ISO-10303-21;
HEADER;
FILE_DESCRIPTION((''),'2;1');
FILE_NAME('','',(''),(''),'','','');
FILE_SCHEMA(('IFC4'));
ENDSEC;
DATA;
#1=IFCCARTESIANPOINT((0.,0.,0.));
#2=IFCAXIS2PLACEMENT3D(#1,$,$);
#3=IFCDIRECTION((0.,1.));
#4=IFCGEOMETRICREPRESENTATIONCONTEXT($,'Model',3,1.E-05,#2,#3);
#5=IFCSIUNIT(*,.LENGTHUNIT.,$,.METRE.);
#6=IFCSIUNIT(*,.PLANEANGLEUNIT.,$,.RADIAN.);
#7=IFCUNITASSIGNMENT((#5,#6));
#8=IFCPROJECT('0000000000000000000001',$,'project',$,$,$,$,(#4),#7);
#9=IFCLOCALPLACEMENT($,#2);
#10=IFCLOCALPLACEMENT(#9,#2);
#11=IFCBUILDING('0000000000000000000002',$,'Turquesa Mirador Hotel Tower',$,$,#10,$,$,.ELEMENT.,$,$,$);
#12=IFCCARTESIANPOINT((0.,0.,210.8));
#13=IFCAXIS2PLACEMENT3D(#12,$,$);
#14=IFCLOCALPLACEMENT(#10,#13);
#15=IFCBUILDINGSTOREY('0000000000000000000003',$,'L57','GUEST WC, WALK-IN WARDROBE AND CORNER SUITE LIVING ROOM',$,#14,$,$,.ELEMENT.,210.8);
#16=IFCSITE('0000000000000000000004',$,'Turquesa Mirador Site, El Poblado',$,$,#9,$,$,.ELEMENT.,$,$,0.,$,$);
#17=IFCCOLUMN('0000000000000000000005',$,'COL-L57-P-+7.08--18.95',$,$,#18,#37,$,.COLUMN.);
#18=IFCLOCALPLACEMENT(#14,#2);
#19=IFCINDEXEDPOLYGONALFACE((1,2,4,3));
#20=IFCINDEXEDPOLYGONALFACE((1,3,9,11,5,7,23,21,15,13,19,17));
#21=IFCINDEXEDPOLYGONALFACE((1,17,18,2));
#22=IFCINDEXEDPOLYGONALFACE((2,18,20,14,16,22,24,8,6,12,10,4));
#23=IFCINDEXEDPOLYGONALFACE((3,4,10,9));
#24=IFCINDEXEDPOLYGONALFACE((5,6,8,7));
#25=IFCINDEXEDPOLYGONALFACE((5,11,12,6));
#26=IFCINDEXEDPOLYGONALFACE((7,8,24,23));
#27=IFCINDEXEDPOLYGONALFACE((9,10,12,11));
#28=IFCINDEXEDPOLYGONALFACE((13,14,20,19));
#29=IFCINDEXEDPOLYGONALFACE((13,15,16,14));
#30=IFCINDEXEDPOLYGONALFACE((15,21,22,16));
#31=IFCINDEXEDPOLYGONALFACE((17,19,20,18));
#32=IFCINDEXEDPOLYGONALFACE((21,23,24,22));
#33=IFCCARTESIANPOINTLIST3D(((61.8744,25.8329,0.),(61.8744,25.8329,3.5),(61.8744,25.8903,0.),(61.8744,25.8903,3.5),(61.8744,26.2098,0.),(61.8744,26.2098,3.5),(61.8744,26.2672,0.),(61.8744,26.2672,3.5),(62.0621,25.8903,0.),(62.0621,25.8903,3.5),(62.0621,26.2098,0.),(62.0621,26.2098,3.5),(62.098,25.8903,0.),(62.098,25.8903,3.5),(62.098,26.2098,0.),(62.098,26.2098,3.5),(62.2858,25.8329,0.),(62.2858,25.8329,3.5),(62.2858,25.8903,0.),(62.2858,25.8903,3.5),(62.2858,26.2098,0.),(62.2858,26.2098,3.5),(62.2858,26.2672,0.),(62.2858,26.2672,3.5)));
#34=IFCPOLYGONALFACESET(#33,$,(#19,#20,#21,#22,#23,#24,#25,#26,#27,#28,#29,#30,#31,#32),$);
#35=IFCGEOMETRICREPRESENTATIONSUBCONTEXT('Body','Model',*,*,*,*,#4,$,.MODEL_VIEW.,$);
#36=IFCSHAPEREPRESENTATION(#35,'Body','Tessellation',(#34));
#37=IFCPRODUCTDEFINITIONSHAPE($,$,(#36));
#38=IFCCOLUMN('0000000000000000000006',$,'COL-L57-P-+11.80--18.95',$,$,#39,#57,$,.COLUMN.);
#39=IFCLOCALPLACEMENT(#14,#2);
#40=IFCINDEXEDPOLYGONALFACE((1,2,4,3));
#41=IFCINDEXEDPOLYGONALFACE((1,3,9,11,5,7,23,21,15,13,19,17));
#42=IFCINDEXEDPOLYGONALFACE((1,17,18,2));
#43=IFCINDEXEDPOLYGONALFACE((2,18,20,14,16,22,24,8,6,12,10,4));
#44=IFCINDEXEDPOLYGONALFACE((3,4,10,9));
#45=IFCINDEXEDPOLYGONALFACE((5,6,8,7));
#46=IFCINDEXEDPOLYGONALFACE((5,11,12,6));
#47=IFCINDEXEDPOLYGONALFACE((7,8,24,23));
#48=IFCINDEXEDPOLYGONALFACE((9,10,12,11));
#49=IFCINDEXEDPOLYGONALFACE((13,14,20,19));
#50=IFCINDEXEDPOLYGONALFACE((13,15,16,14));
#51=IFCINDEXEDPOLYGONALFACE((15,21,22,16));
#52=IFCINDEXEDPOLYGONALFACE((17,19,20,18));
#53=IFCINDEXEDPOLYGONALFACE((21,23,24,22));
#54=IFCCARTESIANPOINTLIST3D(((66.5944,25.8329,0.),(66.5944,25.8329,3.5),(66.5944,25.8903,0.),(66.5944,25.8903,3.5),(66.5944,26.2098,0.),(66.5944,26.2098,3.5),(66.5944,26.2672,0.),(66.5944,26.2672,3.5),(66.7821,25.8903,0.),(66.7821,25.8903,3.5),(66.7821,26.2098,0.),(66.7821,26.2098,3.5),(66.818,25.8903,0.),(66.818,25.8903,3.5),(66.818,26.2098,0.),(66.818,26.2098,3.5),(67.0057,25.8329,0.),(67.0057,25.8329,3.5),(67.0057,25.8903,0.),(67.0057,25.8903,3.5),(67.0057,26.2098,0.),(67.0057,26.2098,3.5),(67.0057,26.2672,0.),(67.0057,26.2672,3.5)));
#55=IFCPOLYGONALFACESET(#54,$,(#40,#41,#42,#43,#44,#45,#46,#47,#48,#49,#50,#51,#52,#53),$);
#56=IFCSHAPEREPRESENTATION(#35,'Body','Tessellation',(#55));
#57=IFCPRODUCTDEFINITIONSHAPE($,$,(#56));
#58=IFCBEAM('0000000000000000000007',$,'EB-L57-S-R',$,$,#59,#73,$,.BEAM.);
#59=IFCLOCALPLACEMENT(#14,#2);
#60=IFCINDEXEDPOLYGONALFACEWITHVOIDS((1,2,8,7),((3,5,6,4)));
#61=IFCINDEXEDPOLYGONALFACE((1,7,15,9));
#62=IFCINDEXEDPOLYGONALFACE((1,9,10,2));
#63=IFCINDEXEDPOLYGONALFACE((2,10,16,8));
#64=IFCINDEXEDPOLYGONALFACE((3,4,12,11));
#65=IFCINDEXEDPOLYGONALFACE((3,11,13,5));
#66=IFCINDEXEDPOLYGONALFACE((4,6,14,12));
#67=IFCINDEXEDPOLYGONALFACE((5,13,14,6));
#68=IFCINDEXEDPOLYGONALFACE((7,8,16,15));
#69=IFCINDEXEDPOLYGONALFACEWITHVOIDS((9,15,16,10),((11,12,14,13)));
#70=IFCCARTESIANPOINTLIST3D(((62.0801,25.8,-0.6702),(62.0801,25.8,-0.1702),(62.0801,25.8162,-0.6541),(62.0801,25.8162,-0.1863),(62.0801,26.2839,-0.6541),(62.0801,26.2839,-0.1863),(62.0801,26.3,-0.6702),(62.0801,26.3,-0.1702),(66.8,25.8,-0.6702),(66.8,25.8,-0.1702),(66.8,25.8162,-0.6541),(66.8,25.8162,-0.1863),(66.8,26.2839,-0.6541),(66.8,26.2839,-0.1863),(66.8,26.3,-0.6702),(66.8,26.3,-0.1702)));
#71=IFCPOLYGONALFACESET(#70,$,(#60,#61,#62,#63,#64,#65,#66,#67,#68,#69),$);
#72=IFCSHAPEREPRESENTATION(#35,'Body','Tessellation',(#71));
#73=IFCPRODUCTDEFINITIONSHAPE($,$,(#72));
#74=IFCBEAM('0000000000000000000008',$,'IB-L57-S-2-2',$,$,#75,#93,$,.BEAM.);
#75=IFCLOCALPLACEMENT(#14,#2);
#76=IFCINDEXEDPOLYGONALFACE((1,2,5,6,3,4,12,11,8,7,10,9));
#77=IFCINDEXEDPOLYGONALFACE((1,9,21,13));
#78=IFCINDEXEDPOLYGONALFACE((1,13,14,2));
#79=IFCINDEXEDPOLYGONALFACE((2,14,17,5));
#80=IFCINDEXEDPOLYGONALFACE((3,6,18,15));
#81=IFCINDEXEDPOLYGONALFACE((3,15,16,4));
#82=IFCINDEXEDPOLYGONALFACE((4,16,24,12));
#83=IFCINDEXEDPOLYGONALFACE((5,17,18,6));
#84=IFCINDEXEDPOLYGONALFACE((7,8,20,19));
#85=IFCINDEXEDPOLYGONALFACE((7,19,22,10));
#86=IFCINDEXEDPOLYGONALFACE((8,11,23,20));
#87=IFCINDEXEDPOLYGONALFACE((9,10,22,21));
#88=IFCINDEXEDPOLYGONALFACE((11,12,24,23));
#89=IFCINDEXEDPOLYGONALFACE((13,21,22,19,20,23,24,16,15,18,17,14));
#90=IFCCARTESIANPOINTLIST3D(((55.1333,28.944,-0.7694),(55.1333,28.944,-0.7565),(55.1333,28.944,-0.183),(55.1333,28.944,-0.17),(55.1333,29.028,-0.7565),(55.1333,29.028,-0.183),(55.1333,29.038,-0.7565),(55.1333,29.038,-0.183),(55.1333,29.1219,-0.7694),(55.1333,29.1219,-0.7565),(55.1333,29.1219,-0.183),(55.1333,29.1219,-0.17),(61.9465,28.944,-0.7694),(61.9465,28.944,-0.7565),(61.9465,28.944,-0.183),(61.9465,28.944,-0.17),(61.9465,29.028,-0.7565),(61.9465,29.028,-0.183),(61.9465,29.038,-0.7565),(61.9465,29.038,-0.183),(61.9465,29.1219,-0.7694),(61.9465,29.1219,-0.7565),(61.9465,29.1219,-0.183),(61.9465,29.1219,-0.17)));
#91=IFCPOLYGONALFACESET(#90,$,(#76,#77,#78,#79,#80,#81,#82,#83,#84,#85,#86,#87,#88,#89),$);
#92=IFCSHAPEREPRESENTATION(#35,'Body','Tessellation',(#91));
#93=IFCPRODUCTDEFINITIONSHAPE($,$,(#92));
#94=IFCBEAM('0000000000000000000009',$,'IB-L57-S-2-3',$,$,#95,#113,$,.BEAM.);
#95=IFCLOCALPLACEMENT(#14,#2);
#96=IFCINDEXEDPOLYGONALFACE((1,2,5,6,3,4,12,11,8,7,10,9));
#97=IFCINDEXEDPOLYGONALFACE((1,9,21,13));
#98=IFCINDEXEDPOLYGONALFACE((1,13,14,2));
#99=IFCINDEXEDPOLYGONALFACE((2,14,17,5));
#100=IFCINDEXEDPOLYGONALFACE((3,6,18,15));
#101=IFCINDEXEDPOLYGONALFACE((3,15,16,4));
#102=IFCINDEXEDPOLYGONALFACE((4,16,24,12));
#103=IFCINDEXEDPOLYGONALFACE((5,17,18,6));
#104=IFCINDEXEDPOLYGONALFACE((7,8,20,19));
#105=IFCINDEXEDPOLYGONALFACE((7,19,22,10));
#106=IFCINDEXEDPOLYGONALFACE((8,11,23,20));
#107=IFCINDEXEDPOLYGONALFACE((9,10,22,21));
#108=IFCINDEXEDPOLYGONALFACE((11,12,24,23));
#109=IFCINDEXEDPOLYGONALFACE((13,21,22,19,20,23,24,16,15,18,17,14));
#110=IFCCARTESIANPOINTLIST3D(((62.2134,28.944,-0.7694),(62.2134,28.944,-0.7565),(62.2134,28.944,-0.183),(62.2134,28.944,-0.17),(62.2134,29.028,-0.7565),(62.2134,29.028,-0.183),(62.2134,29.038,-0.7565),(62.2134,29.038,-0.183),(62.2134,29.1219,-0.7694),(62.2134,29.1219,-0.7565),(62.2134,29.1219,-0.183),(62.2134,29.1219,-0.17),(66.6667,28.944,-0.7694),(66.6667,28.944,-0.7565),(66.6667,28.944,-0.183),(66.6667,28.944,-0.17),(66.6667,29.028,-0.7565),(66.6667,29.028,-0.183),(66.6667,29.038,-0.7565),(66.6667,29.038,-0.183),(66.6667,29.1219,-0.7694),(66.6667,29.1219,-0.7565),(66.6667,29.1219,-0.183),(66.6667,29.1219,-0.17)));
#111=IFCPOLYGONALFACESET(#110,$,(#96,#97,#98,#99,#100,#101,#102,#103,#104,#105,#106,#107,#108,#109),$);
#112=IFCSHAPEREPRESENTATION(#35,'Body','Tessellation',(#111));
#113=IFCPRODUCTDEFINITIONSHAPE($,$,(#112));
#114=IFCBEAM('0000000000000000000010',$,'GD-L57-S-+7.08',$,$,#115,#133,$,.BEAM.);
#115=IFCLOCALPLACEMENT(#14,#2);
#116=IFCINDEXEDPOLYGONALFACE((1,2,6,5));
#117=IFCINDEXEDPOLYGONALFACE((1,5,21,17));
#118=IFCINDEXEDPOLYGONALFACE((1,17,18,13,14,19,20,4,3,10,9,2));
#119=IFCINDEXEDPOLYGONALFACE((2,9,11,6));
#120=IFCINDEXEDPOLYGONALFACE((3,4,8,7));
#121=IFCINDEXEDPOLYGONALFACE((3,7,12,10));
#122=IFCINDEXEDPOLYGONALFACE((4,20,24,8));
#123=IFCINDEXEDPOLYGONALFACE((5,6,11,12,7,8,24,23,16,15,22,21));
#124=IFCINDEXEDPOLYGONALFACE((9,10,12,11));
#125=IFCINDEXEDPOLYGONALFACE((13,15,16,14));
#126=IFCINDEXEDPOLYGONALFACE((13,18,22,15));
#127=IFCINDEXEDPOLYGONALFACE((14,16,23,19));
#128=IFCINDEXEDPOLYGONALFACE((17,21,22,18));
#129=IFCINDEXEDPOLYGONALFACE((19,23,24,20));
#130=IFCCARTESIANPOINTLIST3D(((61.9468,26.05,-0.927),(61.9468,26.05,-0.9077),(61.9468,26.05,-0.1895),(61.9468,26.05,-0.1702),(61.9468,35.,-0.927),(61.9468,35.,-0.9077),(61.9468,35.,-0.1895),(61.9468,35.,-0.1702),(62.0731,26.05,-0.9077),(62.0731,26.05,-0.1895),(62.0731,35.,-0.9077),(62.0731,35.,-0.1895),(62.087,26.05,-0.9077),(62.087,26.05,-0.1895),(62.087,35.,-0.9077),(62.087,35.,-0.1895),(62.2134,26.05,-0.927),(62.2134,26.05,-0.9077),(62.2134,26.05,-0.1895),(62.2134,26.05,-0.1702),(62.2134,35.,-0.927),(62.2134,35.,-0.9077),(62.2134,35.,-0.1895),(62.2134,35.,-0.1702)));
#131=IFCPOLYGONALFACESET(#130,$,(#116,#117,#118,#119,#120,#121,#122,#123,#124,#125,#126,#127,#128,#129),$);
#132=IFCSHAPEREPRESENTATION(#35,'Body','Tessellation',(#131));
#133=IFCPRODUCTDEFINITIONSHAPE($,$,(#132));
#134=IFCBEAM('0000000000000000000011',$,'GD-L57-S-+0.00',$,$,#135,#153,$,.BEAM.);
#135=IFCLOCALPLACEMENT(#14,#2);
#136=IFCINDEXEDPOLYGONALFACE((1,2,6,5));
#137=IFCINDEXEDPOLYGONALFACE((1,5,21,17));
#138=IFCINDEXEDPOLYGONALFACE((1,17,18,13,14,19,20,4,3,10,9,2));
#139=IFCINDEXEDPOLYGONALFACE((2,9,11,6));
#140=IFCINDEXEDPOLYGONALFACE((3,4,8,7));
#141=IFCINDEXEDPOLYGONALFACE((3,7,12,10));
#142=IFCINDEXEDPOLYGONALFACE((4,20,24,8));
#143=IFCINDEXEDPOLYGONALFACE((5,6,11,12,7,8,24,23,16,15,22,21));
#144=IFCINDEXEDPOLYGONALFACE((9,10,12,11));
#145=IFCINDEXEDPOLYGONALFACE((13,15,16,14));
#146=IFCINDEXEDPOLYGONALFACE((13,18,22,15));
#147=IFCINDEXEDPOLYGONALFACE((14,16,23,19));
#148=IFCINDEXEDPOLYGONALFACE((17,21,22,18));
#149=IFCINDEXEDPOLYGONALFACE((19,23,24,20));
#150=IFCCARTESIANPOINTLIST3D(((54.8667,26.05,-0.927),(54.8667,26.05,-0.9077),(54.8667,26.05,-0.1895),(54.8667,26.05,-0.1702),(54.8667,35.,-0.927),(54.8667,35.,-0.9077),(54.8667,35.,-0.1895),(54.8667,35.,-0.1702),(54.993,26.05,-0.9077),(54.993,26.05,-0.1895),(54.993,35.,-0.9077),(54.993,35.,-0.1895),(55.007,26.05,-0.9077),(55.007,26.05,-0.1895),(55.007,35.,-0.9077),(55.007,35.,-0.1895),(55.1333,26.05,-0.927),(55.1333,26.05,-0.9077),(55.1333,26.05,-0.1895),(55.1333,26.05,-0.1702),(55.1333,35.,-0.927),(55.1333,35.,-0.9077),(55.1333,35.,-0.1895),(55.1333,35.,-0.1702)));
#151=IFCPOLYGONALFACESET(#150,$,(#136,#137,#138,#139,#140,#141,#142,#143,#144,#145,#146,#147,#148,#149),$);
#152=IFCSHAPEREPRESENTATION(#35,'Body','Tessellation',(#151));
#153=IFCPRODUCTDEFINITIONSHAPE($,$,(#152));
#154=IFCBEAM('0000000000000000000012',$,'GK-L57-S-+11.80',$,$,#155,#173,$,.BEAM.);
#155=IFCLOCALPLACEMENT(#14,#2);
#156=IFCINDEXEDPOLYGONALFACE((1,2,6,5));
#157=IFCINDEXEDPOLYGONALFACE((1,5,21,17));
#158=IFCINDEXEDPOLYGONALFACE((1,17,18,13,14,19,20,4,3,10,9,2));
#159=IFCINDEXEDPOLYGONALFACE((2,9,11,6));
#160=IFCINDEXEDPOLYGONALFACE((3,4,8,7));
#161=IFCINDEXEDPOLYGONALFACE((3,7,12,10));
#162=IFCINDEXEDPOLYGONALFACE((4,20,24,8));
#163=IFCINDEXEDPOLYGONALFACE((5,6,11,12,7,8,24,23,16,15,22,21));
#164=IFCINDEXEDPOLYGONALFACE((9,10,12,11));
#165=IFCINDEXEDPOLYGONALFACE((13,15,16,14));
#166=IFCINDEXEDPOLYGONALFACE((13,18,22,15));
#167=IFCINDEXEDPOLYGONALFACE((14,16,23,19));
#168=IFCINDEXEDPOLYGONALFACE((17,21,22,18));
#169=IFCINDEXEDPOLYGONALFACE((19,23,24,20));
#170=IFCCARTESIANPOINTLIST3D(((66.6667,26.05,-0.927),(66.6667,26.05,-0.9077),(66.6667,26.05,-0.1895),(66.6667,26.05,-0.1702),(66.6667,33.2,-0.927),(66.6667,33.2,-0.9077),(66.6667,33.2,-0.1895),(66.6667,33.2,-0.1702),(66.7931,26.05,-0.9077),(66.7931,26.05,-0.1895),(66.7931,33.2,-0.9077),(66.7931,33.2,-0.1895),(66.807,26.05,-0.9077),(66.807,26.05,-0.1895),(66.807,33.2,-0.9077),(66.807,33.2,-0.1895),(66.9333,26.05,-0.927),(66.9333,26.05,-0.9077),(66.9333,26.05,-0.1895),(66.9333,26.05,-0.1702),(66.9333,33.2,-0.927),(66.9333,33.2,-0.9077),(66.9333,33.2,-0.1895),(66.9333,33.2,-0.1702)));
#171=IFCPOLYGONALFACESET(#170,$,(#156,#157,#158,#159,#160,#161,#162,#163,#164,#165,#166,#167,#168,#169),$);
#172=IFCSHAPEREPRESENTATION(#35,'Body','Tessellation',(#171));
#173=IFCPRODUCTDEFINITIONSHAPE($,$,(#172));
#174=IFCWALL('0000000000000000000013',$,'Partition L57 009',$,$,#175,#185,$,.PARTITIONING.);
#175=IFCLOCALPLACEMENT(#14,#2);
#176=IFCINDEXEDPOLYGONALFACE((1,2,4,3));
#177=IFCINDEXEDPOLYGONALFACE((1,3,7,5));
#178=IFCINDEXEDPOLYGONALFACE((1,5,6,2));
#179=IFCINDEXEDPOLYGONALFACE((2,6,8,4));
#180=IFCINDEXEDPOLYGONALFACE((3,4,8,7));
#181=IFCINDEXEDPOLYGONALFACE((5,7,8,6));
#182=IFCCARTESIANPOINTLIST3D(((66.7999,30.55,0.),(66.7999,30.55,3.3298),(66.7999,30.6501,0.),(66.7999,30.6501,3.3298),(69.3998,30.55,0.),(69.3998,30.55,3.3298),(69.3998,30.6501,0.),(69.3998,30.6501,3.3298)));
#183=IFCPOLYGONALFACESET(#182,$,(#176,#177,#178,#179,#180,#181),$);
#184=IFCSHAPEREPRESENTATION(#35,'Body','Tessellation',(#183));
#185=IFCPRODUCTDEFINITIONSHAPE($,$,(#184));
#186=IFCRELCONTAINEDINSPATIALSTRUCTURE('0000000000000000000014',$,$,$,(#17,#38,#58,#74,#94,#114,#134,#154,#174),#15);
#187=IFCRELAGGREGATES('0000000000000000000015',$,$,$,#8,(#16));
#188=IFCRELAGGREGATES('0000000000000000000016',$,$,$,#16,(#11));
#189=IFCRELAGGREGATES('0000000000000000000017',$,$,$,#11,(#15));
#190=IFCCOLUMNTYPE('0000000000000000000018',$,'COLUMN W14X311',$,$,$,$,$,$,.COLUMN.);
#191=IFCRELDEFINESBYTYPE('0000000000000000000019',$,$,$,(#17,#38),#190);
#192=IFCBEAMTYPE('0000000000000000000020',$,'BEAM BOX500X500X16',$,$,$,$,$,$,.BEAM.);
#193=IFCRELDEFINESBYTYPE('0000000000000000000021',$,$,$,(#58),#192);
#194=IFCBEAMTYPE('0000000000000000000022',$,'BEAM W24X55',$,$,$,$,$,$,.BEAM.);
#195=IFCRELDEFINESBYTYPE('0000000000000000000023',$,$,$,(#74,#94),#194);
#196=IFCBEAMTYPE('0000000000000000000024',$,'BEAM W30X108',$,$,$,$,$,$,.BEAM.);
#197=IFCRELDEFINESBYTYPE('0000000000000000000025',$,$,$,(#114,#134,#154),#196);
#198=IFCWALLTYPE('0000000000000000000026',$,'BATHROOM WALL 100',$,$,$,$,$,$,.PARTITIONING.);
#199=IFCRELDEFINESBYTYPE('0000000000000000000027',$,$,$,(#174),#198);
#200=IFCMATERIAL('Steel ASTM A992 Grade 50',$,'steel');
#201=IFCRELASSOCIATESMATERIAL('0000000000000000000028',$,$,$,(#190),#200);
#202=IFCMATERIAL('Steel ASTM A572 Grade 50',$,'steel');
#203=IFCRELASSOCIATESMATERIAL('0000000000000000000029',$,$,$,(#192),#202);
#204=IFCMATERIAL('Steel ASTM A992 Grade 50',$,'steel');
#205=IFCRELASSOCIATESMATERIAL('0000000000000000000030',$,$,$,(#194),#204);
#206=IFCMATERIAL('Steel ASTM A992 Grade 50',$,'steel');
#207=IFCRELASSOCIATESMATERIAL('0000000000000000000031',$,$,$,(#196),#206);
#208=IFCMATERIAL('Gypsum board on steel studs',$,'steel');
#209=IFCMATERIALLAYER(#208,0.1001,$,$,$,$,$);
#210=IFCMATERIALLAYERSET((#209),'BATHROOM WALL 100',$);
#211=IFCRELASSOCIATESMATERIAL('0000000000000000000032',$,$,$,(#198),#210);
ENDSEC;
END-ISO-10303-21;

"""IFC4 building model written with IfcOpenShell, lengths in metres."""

from ifc_helpers import new_model, si_unit, direction, frame, frame_2d, origin, origin_2d, place, context, subcontext, project, spatial, rectangle, hollow_rectangle, i_section, extrude, material, layer, layer_set, material_profile, profile_set, type_object, element, save


model = new_model("IFC4")

# Units and contexts
model_context = context("Model", 3, precision=1e-05, world=origin(), true_north=direction((0.0, 1.0)))
body_context = subcontext(model_context, "Body", "Model", "MODEL_VIEW")
ifc_project = project(units=[si_unit("LENGTHUNIT", "METRE"), si_unit("PLANEANGLEUNIT", "RADIAN")], contexts=[model_context])

# Site, building, storey
site_placement = place(None, origin())
site = spatial("IfcSite", under=ifc_project, at=site_placement, Name="Turquesa Mirador Site, El Poblado", CompositionType="ELEMENT", RefElevation=0.0)
building_placement = place(site_placement, origin())
building = spatial("IfcBuilding", under=site, at=building_placement, Name="Turquesa Mirador Hotel Tower", CompositionType="ELEMENT")
storey_placement = place(building_placement, frame((0.0, 0.0, 210.8)))
storey = spatial("IfcBuildingStorey", under=building, at=storey_placement, Name="L57", Description="GUEST WC, WALK-IN WARDROBE AND CORNER SUITE LIVING ROOM", CompositionType="ELEMENT", Elevation=210.8)

# Columns
ifc_material_1 = material(Name="Steel ASTM A992 Grade 50", Category="steel")
ifc_material_profile_1 = material_profile(ifc_material_1, i_section(OverallWidth=0.4114, OverallDepth=0.4343, WebThickness=0.0359, FlangeThickness=0.0574, at=origin_2d()), Name="W14X311")
ifc_profile_set_1 = profile_set([ifc_material_profile_1], Name="Steel ASTM A992 Grade 50")
column_type = type_object("IfcColumnType", Name="COLUMN W14X311", PredefinedType="COLUMN", material=ifc_profile_set_1)
for number, where, z_axis, x_axis, name in (
    (1, (62.0801, 26.05, 0.0), (0.0, 0.0, 1.0), (1.0, 0.0, 0.0), "COL-L57-P-+7.08--18.95"),
    (2, (66.8, 26.05, 0.0), (0.0, 0.0, 1.0), (1.0, 0.0, 0.0), "COL-L57-P-+11.80--18.95"),
):
    element("IfcColumn", number, at=place(storey_placement, frame(where, z_axis=z_axis, x_axis=x_axis)), inside=storey, type_object=column_type, Name=name, PredefinedType="COLUMN", context=body_context, shape_type="SweptSolid", body=[
        extrude(i_section(OverallWidth=0.4114, OverallDepth=0.4343, WebThickness=0.0359, FlangeThickness=0.0574, at=origin_2d()), origin(), (0.0, 0.0, 1.0), 3.5),
    ])

# Beams
ifc_material_2 = material(Name="Steel ASTM A572 Grade 50", Category="steel")
ifc_material_profile_2 = material_profile(ifc_material_2, hollow_rectangle(XDim=0.5, YDim=0.5, WallThickness=0.0161, at=origin_2d()), Name="BOX500X500X16")
ifc_profile_set_2 = profile_set([ifc_material_profile_2], Name="Steel ASTM A572 Grade 50")
beam_type_1 = type_object("IfcBeamType", Name="BEAM BOX500X500X16", PredefinedType="BEAM", material=ifc_profile_set_2)
beam_1_placement = place(storey_placement, frame((62.0801, 26.05, -0.4202), z_axis=(1.0, 0.0, 0.0), x_axis=(0.0, 1.0, 0.0)))
element("IfcBeam", 3, at=beam_1_placement, inside=storey, type_object=beam_type_1, Name="EB-L57-S-R", PredefinedType="BEAM", context=body_context, shape_type="SweptSolid", body=[
    extrude(hollow_rectangle(XDim=0.5, YDim=0.5, WallThickness=0.0161, at=origin_2d()), origin(), (0.0, 0.0, 1.0), 4.72),
])
ifc_material_3 = material(Name="Steel ASTM A992 Grade 50", Category="steel")
ifc_material_profile_3 = material_profile(ifc_material_3, i_section(OverallWidth=0.178, OverallDepth=0.5994, WebThickness=0.01, FlangeThickness=0.0129, at=origin_2d()), Name="W24X55")
ifc_profile_set_3 = profile_set([ifc_material_profile_3], Name="Steel ASTM A992 Grade 50")
beam_type_2 = type_object("IfcBeamType", Name="BEAM W24X55", PredefinedType="BEAM", material=ifc_profile_set_3)
beam_2_placement = place(storey_placement, frame((55.1333, 29.033, -0.4697), z_axis=(1.0, 0.0, 0.0), x_axis=(0.0, 1.0, 0.0)))
element("IfcBeam", 4, at=beam_2_placement, inside=storey, type_object=beam_type_2, Name="IB-L57-S-2-2", PredefinedType="BEAM", context=body_context, shape_type="SweptSolid", body=[
    extrude(i_section(OverallWidth=0.178, OverallDepth=0.5994, WebThickness=0.01, FlangeThickness=0.0129, at=origin_2d()), origin(), (0.0, 0.0, 1.0), 6.8132),
])
beam_3_placement = place(storey_placement, frame((62.2134, 29.033, -0.4697), z_axis=(1.0, 0.0, 0.0), x_axis=(0.0, 1.0, 0.0)))
element("IfcBeam", 5, at=beam_3_placement, inside=storey, type_object=beam_type_2, Name="IB-L57-S-2-3", PredefinedType="BEAM", context=body_context, shape_type="SweptSolid", body=[
    extrude(i_section(OverallWidth=0.178, OverallDepth=0.5994, WebThickness=0.01, FlangeThickness=0.0129, at=origin_2d()), origin(), (0.0, 0.0, 1.0), 4.4534),
])
ifc_material_4 = material(Name="Steel ASTM A992 Grade 50", Category="steel")
ifc_material_profile_4 = material_profile(ifc_material_4, i_section(OverallWidth=0.2666, OverallDepth=0.7568, WebThickness=0.0139, FlangeThickness=0.0193, at=origin_2d()), Name="W30X108")
ifc_profile_set_4 = profile_set([ifc_material_profile_4], Name="Steel ASTM A992 Grade 50")
beam_type_3 = type_object("IfcBeamType", Name="BEAM W30X108", PredefinedType="BEAM", material=ifc_profile_set_4)
for number, where, z_axis, x_axis, name in (
    (6, (62.0801, 26.05, -0.5486), (0.0, 1.0, 0.0), (-1.0, 0.0, 0.0), "GD-L57-S-+7.08"),
    (7, (55.0, 26.05, -0.5486), (0.0, 1.0, 0.0), (-1.0, 0.0, 0.0), "GD-L57-S-+0.00"),
):
    element("IfcBeam", number, at=place(storey_placement, frame(where, z_axis=z_axis, x_axis=x_axis)), inside=storey, type_object=beam_type_3, Name=name, PredefinedType="BEAM", context=body_context, shape_type="SweptSolid", body=[
        extrude(i_section(OverallWidth=0.2666, OverallDepth=0.7568, WebThickness=0.0139, FlangeThickness=0.0193, at=origin_2d()), origin(), (0.0, 0.0, 1.0), 8.95),
    ])
beam_4_placement = place(storey_placement, frame((66.8, 26.05, -0.5486), z_axis=(0.0, 1.0, 0.0), x_axis=(-1.0, 0.0, 0.0)))
element("IfcBeam", 8, at=beam_4_placement, inside=storey, type_object=beam_type_3, Name="GK-L57-S-+11.80", PredefinedType="BEAM", context=body_context, shape_type="SweptSolid", body=[
    extrude(i_section(OverallWidth=0.2666, OverallDepth=0.7568, WebThickness=0.0139, FlangeThickness=0.0193, at=origin_2d()), origin(), (0.0, 0.0, 1.0), 7.1499),
])

# Wall
ifc_material_5 = material(Name="Gypsum board on steel studs", Category="steel")
ifc_layer_1 = layer(ifc_material_5, 0.1001)
ifc_layer_set_1 = layer_set([ifc_layer_1], Name="BATHROOM WALL 100")
wall_type_1 = type_object("IfcWallType", Name="BATHROOM WALL 100", PredefinedType="PARTITIONING", material=ifc_layer_set_1)
wall_1_placement = place(storey_placement, frame((66.8, 30.6001, 0.0), z_axis=(0.0, 0.0, 1.0), x_axis=(1.0, 0.0, 0.0)))
element("IfcWall", 9, at=wall_1_placement, inside=storey, type_object=wall_type_1, Name="Partition L57 009", PredefinedType="PARTITIONING", context=body_context, shape_type="SweptSolid", body=[
    extrude(rectangle(XDim=2.5999, YDim=0.1001, at=frame_2d((1.2998, 0.0))), origin(), (0.0, 0.0, 1.0), 3.3298),
])

save(model, "model.ifc")
